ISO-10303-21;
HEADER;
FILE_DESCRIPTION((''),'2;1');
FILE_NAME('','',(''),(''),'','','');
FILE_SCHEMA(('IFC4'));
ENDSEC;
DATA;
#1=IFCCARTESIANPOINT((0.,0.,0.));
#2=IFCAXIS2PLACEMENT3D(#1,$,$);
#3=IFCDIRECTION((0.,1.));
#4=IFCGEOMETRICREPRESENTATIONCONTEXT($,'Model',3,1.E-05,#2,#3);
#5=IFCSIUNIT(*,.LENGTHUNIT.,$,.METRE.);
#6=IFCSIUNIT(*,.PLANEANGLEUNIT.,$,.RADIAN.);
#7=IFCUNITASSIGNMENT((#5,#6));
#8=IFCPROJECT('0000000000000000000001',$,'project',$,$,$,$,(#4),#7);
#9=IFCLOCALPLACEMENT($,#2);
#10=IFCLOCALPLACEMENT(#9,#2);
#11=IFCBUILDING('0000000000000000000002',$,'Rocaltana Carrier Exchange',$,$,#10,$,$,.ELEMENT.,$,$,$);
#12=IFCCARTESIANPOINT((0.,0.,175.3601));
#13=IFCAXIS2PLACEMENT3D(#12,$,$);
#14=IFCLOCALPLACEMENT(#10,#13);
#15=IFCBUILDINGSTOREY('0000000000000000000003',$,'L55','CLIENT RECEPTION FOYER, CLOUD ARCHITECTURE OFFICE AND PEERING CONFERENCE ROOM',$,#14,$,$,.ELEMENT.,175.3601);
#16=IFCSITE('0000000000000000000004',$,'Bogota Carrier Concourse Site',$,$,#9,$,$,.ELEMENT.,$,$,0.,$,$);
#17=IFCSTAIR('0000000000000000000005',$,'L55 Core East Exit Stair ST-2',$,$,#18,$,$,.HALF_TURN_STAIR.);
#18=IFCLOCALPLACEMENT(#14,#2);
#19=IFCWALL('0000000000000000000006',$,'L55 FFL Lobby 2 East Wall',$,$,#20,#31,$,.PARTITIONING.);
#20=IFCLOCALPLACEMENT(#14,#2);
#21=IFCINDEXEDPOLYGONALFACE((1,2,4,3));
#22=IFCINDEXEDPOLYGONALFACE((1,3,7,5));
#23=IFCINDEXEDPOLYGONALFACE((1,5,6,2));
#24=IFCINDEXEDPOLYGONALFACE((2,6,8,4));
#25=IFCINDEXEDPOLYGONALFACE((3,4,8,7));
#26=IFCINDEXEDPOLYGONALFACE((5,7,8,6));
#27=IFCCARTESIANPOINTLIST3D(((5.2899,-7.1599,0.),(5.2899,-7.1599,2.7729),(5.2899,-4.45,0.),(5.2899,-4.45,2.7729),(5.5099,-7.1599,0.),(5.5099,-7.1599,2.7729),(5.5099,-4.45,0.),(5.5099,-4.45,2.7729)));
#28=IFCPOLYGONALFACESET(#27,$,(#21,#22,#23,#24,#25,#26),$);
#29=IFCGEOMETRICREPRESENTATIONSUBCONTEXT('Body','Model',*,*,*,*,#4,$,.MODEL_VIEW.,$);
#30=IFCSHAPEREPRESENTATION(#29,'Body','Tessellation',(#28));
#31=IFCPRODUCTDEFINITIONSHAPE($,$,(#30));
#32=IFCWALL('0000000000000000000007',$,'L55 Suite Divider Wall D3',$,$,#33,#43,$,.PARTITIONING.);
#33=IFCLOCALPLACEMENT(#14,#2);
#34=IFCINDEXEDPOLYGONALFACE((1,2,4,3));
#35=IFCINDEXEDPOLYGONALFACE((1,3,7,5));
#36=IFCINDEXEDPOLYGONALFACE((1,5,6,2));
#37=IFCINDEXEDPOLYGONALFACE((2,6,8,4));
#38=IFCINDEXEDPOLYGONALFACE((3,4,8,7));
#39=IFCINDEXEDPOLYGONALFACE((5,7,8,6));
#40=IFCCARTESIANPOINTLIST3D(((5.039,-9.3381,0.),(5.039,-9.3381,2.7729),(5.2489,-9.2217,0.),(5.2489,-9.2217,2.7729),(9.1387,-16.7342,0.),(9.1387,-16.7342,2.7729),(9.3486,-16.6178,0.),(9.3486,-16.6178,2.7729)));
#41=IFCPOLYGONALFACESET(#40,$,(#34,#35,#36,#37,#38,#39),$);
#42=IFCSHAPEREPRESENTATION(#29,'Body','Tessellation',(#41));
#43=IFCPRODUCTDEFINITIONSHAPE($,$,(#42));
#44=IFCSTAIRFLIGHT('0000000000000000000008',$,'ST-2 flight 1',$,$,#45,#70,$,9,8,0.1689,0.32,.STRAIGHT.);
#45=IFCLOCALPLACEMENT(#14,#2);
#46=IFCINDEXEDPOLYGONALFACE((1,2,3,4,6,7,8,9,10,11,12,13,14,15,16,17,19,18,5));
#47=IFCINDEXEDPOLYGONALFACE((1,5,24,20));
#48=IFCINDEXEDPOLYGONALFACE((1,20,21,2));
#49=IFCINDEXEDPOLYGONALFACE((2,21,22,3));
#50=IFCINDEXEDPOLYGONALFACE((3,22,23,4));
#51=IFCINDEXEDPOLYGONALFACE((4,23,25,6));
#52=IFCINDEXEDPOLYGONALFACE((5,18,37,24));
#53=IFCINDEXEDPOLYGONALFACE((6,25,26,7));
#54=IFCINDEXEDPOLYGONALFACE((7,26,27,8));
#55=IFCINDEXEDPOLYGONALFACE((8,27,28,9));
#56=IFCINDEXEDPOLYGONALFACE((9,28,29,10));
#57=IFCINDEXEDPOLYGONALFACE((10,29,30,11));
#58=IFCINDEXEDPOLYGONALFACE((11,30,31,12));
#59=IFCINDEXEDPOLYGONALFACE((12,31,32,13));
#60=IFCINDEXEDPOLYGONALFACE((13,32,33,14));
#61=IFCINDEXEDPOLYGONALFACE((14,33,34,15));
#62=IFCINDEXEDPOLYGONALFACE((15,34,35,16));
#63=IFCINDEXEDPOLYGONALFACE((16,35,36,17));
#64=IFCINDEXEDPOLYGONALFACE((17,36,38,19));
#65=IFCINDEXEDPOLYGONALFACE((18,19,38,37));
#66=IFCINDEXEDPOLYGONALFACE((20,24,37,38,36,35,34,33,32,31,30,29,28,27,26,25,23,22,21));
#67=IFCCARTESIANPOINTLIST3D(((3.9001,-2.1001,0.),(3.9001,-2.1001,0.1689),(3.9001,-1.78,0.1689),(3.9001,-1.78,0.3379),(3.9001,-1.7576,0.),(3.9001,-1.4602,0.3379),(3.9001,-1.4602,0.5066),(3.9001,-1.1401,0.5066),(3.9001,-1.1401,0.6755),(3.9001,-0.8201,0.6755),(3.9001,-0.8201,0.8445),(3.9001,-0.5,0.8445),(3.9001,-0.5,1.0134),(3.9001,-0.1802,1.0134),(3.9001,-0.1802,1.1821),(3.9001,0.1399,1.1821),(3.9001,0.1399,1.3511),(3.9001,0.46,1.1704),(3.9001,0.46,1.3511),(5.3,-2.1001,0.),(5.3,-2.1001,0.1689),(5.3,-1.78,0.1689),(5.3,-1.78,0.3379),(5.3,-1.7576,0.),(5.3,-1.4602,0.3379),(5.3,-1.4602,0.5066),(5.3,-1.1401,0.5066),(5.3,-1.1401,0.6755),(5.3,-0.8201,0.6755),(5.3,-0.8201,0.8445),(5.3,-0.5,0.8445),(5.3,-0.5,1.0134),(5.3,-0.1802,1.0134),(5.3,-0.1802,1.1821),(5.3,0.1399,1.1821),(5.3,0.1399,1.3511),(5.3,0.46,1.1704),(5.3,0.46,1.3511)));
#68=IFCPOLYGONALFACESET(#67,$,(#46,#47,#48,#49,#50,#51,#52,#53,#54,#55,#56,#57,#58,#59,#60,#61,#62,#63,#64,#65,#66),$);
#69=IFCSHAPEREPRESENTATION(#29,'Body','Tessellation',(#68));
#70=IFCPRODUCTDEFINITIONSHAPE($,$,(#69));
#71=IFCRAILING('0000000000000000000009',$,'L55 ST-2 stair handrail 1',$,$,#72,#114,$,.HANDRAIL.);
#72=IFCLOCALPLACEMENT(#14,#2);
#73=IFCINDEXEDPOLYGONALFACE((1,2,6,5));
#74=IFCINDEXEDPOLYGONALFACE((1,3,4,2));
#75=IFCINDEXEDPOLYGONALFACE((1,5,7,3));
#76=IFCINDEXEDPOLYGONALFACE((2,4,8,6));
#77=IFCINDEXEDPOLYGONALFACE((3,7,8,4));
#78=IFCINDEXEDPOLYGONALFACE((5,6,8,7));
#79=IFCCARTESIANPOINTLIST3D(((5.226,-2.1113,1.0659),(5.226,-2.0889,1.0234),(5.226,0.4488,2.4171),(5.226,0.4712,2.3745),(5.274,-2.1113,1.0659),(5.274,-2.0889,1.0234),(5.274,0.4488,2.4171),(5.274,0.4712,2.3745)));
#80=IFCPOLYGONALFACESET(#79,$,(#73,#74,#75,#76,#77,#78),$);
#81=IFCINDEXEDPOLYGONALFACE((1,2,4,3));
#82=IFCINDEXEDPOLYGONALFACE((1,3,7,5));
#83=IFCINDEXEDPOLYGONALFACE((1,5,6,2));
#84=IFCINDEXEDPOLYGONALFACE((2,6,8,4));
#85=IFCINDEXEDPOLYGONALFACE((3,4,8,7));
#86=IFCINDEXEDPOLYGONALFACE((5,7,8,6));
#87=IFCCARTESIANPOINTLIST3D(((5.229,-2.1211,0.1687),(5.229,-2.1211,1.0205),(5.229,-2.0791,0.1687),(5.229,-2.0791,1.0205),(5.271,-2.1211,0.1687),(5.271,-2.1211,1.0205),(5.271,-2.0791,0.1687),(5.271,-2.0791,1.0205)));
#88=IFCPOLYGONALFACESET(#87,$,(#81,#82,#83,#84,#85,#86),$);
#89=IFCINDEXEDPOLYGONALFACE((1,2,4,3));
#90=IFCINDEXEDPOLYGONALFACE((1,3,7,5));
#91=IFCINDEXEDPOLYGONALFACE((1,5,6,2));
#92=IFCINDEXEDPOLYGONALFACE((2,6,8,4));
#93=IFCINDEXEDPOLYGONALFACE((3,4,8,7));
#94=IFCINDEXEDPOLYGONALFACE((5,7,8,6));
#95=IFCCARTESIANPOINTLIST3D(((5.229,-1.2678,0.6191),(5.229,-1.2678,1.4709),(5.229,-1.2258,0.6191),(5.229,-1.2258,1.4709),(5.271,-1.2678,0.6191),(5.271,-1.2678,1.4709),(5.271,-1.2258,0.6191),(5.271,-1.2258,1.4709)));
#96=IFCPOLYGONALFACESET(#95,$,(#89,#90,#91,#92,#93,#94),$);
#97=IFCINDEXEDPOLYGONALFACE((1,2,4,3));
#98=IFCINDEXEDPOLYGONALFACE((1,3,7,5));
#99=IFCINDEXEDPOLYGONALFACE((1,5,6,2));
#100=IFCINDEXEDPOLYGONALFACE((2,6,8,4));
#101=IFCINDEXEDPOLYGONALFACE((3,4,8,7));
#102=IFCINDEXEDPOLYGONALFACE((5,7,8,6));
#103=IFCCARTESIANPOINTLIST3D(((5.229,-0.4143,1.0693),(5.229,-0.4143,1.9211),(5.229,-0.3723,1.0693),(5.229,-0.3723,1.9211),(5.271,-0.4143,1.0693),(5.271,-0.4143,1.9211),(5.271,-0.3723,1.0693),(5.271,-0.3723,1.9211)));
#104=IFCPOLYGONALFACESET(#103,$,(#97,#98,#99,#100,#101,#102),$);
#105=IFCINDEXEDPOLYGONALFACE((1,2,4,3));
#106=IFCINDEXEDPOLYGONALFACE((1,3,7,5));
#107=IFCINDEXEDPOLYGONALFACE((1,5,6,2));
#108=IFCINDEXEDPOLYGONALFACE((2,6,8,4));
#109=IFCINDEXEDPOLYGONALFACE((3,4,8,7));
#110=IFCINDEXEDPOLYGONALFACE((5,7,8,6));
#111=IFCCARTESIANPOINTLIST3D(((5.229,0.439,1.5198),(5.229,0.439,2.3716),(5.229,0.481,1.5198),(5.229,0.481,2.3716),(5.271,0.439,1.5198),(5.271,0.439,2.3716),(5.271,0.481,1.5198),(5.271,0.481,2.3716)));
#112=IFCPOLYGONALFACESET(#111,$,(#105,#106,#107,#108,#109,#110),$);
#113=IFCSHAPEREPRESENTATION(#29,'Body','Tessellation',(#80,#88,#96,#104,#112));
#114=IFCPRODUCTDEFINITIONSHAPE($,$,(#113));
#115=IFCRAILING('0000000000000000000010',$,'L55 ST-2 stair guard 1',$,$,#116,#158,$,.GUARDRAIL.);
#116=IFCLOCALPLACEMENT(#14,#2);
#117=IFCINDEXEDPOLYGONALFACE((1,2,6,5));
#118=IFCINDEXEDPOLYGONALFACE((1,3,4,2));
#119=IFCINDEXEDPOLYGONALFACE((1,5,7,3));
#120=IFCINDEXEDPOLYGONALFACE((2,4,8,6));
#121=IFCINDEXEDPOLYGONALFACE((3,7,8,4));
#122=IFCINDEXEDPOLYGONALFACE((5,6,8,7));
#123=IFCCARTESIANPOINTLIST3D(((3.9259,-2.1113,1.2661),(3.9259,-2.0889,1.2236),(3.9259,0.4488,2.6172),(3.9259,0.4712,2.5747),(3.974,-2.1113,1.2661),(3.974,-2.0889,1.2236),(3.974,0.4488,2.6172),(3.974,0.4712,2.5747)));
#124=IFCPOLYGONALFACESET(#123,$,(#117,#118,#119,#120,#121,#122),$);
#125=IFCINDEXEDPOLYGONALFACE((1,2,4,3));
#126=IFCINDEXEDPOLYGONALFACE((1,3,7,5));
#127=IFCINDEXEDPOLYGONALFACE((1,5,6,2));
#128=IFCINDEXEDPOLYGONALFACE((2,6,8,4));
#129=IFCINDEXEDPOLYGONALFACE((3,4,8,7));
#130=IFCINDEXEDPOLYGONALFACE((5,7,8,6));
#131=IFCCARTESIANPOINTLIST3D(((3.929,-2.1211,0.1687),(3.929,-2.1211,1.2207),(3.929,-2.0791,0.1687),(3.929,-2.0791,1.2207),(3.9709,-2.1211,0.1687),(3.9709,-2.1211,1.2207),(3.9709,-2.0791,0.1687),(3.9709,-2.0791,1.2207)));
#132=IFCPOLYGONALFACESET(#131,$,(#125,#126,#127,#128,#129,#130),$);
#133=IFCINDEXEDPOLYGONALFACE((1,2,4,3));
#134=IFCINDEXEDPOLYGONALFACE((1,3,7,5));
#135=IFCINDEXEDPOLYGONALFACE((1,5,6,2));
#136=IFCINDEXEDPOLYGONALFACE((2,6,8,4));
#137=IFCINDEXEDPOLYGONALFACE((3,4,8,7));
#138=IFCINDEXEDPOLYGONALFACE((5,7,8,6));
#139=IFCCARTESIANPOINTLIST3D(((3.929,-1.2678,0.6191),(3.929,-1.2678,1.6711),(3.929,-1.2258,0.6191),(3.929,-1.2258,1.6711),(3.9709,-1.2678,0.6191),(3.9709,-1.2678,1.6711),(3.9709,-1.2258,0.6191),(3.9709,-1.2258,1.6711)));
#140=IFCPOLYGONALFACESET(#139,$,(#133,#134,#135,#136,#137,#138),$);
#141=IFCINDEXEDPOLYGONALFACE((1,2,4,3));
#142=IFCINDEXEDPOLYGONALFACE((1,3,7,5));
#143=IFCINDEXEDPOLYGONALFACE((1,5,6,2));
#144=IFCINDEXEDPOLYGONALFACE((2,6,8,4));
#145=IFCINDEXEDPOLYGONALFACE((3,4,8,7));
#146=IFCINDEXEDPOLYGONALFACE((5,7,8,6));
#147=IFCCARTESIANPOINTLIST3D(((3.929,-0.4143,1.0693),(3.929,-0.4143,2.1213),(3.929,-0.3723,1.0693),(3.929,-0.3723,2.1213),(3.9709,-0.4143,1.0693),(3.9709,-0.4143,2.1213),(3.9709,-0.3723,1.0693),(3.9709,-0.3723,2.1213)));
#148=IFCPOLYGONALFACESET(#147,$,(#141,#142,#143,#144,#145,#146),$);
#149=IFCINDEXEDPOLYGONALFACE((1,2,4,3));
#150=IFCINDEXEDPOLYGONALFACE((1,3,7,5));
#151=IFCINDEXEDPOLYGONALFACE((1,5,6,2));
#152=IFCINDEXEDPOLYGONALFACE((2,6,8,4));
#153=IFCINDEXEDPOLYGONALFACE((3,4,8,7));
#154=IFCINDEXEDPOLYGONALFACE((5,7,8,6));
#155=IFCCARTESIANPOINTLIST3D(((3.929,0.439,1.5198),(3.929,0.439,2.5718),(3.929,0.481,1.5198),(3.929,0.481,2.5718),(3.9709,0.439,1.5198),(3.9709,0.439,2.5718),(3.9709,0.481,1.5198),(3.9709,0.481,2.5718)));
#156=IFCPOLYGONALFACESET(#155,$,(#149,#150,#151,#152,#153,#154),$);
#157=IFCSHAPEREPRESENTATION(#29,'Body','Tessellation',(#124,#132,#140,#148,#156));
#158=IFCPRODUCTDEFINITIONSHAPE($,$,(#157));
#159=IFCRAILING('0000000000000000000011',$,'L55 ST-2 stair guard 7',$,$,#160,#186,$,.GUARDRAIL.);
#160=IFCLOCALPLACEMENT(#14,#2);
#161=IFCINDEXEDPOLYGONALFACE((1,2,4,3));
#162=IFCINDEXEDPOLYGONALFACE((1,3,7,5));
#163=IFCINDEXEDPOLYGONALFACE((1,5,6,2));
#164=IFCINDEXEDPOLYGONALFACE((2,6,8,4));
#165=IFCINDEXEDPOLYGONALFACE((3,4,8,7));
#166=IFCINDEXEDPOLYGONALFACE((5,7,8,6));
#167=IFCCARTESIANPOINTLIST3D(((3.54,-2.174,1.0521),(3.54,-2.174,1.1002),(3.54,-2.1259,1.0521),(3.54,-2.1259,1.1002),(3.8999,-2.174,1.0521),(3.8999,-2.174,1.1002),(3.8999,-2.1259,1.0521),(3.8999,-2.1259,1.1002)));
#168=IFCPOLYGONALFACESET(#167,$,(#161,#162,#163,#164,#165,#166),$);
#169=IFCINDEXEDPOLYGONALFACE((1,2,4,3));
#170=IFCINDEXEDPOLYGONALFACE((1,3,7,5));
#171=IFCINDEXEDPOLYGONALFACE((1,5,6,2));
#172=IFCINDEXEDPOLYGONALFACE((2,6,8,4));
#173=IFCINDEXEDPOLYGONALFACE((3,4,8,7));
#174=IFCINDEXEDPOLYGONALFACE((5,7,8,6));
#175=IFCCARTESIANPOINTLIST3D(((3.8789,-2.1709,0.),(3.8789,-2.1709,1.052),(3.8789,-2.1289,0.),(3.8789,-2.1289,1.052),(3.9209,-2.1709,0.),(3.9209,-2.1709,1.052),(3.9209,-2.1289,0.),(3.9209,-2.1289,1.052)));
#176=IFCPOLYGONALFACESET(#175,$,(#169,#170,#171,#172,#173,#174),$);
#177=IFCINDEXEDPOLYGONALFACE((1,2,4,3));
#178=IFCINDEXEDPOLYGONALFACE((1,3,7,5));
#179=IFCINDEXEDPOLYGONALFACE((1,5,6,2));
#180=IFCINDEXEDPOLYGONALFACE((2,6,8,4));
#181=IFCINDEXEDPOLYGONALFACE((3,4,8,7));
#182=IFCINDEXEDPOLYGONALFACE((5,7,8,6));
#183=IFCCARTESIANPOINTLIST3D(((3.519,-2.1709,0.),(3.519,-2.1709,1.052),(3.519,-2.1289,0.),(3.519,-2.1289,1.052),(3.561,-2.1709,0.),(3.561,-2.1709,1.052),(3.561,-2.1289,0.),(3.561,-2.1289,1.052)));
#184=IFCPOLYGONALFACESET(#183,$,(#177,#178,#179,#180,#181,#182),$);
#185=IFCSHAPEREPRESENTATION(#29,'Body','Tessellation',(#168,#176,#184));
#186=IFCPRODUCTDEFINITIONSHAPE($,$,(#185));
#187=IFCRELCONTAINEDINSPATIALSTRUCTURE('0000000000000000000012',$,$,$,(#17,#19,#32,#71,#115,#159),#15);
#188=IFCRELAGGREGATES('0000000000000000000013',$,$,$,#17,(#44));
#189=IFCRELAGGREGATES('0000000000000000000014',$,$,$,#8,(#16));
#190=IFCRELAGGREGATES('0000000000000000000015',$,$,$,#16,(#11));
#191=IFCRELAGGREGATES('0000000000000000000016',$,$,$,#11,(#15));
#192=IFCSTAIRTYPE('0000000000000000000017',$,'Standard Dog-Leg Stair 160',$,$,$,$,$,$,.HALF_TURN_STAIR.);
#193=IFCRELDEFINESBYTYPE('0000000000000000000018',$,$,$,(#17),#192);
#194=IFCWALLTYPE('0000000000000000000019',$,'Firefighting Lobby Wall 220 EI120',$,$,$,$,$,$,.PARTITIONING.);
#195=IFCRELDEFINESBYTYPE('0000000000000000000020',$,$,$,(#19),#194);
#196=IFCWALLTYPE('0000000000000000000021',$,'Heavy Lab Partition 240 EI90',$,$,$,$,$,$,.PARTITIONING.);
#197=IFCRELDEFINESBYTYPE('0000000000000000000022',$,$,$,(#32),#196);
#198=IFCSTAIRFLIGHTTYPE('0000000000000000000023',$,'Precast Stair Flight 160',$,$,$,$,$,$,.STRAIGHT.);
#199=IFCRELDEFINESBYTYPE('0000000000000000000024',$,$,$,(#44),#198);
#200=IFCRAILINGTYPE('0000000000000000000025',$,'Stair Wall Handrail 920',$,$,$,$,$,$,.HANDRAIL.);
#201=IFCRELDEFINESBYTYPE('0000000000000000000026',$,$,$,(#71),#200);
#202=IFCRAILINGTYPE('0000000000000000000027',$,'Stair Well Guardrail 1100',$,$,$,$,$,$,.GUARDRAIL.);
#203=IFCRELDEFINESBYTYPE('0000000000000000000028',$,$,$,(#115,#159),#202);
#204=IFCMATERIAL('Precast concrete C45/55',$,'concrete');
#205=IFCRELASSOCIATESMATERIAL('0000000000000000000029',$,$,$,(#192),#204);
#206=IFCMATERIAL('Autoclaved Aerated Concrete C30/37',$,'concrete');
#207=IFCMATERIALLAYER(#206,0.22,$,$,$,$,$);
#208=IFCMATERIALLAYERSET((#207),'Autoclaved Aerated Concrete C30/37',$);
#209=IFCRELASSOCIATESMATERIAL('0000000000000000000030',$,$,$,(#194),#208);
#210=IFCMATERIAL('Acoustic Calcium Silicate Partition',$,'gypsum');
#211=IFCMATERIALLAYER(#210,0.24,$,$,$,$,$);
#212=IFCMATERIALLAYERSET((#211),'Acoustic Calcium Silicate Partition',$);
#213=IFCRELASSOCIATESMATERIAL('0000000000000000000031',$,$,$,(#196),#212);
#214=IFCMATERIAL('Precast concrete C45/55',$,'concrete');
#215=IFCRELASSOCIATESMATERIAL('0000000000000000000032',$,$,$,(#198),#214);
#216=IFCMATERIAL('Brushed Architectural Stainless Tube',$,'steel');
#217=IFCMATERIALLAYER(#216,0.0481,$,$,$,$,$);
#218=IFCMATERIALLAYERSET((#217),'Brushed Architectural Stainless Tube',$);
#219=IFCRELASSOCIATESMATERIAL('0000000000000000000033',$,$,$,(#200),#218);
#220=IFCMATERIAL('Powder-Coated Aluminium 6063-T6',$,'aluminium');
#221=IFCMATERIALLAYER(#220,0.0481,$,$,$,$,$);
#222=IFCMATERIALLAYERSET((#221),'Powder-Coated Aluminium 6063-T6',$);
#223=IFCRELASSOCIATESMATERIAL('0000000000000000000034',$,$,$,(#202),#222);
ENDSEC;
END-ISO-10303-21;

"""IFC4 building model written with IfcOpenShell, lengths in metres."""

from ifc_helpers import new_model, si_unit, direction, frame, frame_2d, origin, origin_2d, place, context, subcontext, project, spatial, polyline, rectangle, outline, extrude, material, layer, layer_set, type_object, element, aggregate, save


model = new_model("IFC4")

# Units and contexts
model_context = context("Model", 3, precision=1e-05, world=origin(), true_north=direction((0.0, 1.0)))
body_context = subcontext(model_context, "Body", "Model", "MODEL_VIEW")
ifc_project = project(units=[si_unit("LENGTHUNIT", "METRE"), si_unit("PLANEANGLEUNIT", "RADIAN")], contexts=[model_context])

# Site, building, storey
site_placement = place(None, origin())
site = spatial("IfcSite", under=ifc_project, at=site_placement, Name="Bogota Carrier Concourse Site", CompositionType="ELEMENT", RefElevation=0.0)
building_placement = place(site_placement, origin())
building = spatial("IfcBuilding", under=site, at=building_placement, Name="Rocaltana Carrier Exchange", CompositionType="ELEMENT")
storey_placement = place(building_placement, frame((0.0, 0.0, 175.3601)))
storey = spatial("IfcBuildingStorey", under=building, at=storey_placement, Name="L55", Description="CLIENT RECEPTION FOYER, CLOUD ARCHITECTURE OFFICE AND PEERING CONFERENCE ROOM", CompositionType="ELEMENT", Elevation=175.3601)

# Stair
ifc_material_1 = material(Name="Precast concrete C45/55", Category="concrete")
stair_type = type_object("IfcStairType", Name="Standard Dog-Leg Stair 160", PredefinedType="HALF_TURN_STAIR", material=ifc_material_1)
stair_placement = place(storey_placement, origin())
stair = element("IfcStair", 1, at=stair_placement, inside=storey, type_object=stair_type, Name="L55 Core East Exit Stair ST-2", PredefinedType="HALF_TURN_STAIR")

# Walls
ifc_material_2 = material(Name="Autoclaved Aerated Concrete C30/37", Category="concrete")
ifc_layer_1 = layer(ifc_material_2, 0.22)
ifc_layer_set_1 = layer_set([ifc_layer_1], Name="Autoclaved Aerated Concrete C30/37")
wall_type_1 = type_object("IfcWallType", Name="Firefighting Lobby Wall 220 EI120", PredefinedType="PARTITIONING", material=ifc_layer_set_1)
wall_1_placement = place(storey_placement, frame((5.3999, -7.1599, 0.0), z_axis=(0.0, 0.0, 1.0), x_axis=(0.0, 1.0, 0.0)))
element("IfcWall", 2, at=wall_1_placement, inside=storey, type_object=wall_type_1, Name="L55 FFL Lobby 2 East Wall", PredefinedType="PARTITIONING", context=body_context, shape_type="SweptSolid", body=[
    extrude(rectangle(XDim=2.71, YDim=0.22, at=frame_2d((1.355, 0.0))), origin(), (0.0, 0.0, 1.0), 2.7729),
])
ifc_material_3 = material(Name="Acoustic Calcium Silicate Partition", Category="gypsum")
ifc_layer_2 = layer(ifc_material_3, 0.24)
ifc_layer_set_2 = layer_set([ifc_layer_2], Name="Acoustic Calcium Silicate Partition")
wall_type_2 = type_object("IfcWallType", Name="Heavy Lab Partition 240 EI90", PredefinedType="PARTITIONING", material=ifc_layer_set_2)
wall_2_placement = place(storey_placement, frame((5.144, -9.28, 0.0), z_axis=(0.0, 0.0, 1.0), x_axis=(0.484804, -0.874623, 0.0)))
element("IfcWall", 3, at=wall_2_placement, inside=storey, type_object=wall_type_2, Name="L55 Suite Divider Wall D3", PredefinedType="PARTITIONING", context=body_context, shape_type="SweptSolid", body=[
    extrude(rectangle(XDim=8.4563, YDim=0.24, at=frame_2d((4.228, 0.0))), origin(), (0.0, 0.0, 1.0), 2.7729),
])

# Stair flight
ifc_material_4 = material(Name="Precast concrete C45/55", Category="concrete")
stair_flight_type = type_object("IfcStairFlightType", Name="Precast Stair Flight 160", PredefinedType="STRAIGHT", material=ifc_material_4)
stair_flight_placement = place(storey_placement, frame((4.6001, -2.1001, 0.0), z_axis=(0.0, 0.0, 1.0), x_axis=(0.0, 1.0, 0.0)))
stair_flight = element("IfcStairFlight", 4, at=stair_flight_placement, type_object=stair_flight_type, Name="ST-2 flight 1", NumberOfRisers=9, NumberOfTreads=8, PredefinedType="STRAIGHT", RiserHeight=0.1689, TreadLength=0.32, context=body_context, shape_type="SweptSolid", body=[
    extrude(outline(polyline([(0.0, 0.0), (0.0, 0.1689), (0.3201, 0.1689), (0.3201, 0.3379), (0.6399, 0.3379), (0.6399, 0.5066), (0.96, 0.5066), (0.96, 0.6755), (1.28, 0.6755), (1.28, 0.8445), (1.6001, 0.8445), (1.6001, 1.0134), (1.9199, 1.0134), (1.9199, 1.1821), (2.24, 1.1821), (2.24, 1.3511), (2.5601, 1.3511), (2.5601, 1.52), (2.5601, 1.1704), (0.3425, 0.0), (0.0, 0.0)])), frame((0.0, 0.7, 0.0), z_axis=(0.0, -1.0, 0.0), x_axis=(1.0, 0.0, 0.0)), (0.0, 0.0, 1.0), 1.3999),
])
aggregate(stair, [stair_flight])

# Railings
ifc_material_5 = material(Name="Brushed Architectural Stainless Tube", Category="steel")
ifc_layer_3 = layer(ifc_material_5, 0.0481)
ifc_layer_set_3 = layer_set([ifc_layer_3], Name="Brushed Architectural Stainless Tube")
railing_type_1 = type_object("IfcRailingType", Name="Stair Wall Handrail 920", PredefinedType="HANDRAIL", material=ifc_layer_set_3)
railing_1_placement = place(storey_placement, frame((5.25, -2.1001, 0.1687)))
element("IfcRailing", 5, at=railing_1_placement, inside=storey, type_object=railing_type_1, Name="L55 ST-2 stair handrail 1", PredefinedType="HANDRAIL", context=body_context, shape_type="SweptSolid", body=[
    extrude(rectangle(XDim=0.0481, YDim=0.0481, at=origin_2d()), frame((0.0, 0.0, 0.876), z_axis=(0.0, 0.884394, 0.46674), x_axis=(-1.0, 0.0, 0.0)), (0.0, 0.0, 1.0), 2.8948),
    extrude(rectangle(XDim=0.042, YDim=0.042, at=origin_2d()), origin(), (0.0, 0.0, 1.0), 0.8518),
    extrude(rectangle(XDim=0.042, YDim=0.042, at=origin_2d()), frame((0.0, 0.8533, 0.4504)), (0.0, 0.0, 1.0), 0.8518),
    extrude(rectangle(XDim=0.042, YDim=0.042, at=origin_2d()), frame((0.0, 1.7068, 0.9006)), (0.0, 0.0, 1.0), 0.8518),
    extrude(rectangle(XDim=0.042, YDim=0.042, at=origin_2d()), frame((0.0, 2.5601, 1.3511)), (0.0, 0.0, 1.0), 0.8518),
])
ifc_material_6 = material(Name="Powder-Coated Aluminium 6063-T6", Category="aluminium")
ifc_layer_4 = layer(ifc_material_6, 0.0481)
ifc_layer_set_4 = layer_set([ifc_layer_4], Name="Powder-Coated Aluminium 6063-T6")
railing_type_2 = type_object("IfcRailingType", Name="Stair Well Guardrail 1100", PredefinedType="GUARDRAIL", material=ifc_layer_set_4)
railing_2_placement = place(storey_placement, frame((3.95, -2.1001, 0.1687)))
element("IfcRailing", 6, at=railing_2_placement, inside=storey, type_object=railing_type_2, Name="L55 ST-2 stair guard 1", PredefinedType="GUARDRAIL", context=body_context, shape_type="SweptSolid", body=[
    extrude(rectangle(XDim=0.0481, YDim=0.0481, at=origin_2d()), frame((0.0, 0.0, 1.0762), z_axis=(0.0, 0.884394, 0.46674), x_axis=(-1.0, 0.0, 0.0)), (0.0, 0.0, 1.0), 2.8948),
    extrude(rectangle(XDim=0.042, YDim=0.042, at=origin_2d()), origin(), (0.0, 0.0, 1.0), 1.052),
    extrude(rectangle(XDim=0.042, YDim=0.042, at=origin_2d()), frame((0.0, 0.8533, 0.4504)), (0.0, 0.0, 1.0), 1.052),
    extrude(rectangle(XDim=0.042, YDim=0.042, at=origin_2d()), frame((0.0, 1.7068, 0.9006)), (0.0, 0.0, 1.0), 1.052),
    extrude(rectangle(XDim=0.042, YDim=0.042, at=origin_2d()), frame((0.0, 2.5601, 1.3511)), (0.0, 0.0, 1.0), 1.052),
])
railing_3_placement = place(storey_placement, frame((3.8999, -2.1499, 0.0)))
element("IfcRailing", 7, at=railing_3_placement, inside=storey, type_object=railing_type_2, Name="L55 ST-2 stair guard 7", PredefinedType="GUARDRAIL", context=body_context, shape_type="SweptSolid", body=[
    extrude(rectangle(XDim=0.0481, YDim=0.0481, at=origin_2d()), frame((0.0, 0.0, 1.0762), z_axis=(-1.0, 0.0, 0.0), x_axis=(0.0, -1.0, 0.0)), (0.0, 0.0, 1.0), 0.3599),
    extrude(rectangle(XDim=0.042, YDim=0.042, at=origin_2d()), origin(), (0.0, 0.0, 1.0), 1.052),
    extrude(rectangle(XDim=0.042, YDim=0.042, at=origin_2d()), frame((-0.3599, 0.0, 0.0)), (0.0, 0.0, 1.0), 1.052),
])

save(model, "model.ifc")
